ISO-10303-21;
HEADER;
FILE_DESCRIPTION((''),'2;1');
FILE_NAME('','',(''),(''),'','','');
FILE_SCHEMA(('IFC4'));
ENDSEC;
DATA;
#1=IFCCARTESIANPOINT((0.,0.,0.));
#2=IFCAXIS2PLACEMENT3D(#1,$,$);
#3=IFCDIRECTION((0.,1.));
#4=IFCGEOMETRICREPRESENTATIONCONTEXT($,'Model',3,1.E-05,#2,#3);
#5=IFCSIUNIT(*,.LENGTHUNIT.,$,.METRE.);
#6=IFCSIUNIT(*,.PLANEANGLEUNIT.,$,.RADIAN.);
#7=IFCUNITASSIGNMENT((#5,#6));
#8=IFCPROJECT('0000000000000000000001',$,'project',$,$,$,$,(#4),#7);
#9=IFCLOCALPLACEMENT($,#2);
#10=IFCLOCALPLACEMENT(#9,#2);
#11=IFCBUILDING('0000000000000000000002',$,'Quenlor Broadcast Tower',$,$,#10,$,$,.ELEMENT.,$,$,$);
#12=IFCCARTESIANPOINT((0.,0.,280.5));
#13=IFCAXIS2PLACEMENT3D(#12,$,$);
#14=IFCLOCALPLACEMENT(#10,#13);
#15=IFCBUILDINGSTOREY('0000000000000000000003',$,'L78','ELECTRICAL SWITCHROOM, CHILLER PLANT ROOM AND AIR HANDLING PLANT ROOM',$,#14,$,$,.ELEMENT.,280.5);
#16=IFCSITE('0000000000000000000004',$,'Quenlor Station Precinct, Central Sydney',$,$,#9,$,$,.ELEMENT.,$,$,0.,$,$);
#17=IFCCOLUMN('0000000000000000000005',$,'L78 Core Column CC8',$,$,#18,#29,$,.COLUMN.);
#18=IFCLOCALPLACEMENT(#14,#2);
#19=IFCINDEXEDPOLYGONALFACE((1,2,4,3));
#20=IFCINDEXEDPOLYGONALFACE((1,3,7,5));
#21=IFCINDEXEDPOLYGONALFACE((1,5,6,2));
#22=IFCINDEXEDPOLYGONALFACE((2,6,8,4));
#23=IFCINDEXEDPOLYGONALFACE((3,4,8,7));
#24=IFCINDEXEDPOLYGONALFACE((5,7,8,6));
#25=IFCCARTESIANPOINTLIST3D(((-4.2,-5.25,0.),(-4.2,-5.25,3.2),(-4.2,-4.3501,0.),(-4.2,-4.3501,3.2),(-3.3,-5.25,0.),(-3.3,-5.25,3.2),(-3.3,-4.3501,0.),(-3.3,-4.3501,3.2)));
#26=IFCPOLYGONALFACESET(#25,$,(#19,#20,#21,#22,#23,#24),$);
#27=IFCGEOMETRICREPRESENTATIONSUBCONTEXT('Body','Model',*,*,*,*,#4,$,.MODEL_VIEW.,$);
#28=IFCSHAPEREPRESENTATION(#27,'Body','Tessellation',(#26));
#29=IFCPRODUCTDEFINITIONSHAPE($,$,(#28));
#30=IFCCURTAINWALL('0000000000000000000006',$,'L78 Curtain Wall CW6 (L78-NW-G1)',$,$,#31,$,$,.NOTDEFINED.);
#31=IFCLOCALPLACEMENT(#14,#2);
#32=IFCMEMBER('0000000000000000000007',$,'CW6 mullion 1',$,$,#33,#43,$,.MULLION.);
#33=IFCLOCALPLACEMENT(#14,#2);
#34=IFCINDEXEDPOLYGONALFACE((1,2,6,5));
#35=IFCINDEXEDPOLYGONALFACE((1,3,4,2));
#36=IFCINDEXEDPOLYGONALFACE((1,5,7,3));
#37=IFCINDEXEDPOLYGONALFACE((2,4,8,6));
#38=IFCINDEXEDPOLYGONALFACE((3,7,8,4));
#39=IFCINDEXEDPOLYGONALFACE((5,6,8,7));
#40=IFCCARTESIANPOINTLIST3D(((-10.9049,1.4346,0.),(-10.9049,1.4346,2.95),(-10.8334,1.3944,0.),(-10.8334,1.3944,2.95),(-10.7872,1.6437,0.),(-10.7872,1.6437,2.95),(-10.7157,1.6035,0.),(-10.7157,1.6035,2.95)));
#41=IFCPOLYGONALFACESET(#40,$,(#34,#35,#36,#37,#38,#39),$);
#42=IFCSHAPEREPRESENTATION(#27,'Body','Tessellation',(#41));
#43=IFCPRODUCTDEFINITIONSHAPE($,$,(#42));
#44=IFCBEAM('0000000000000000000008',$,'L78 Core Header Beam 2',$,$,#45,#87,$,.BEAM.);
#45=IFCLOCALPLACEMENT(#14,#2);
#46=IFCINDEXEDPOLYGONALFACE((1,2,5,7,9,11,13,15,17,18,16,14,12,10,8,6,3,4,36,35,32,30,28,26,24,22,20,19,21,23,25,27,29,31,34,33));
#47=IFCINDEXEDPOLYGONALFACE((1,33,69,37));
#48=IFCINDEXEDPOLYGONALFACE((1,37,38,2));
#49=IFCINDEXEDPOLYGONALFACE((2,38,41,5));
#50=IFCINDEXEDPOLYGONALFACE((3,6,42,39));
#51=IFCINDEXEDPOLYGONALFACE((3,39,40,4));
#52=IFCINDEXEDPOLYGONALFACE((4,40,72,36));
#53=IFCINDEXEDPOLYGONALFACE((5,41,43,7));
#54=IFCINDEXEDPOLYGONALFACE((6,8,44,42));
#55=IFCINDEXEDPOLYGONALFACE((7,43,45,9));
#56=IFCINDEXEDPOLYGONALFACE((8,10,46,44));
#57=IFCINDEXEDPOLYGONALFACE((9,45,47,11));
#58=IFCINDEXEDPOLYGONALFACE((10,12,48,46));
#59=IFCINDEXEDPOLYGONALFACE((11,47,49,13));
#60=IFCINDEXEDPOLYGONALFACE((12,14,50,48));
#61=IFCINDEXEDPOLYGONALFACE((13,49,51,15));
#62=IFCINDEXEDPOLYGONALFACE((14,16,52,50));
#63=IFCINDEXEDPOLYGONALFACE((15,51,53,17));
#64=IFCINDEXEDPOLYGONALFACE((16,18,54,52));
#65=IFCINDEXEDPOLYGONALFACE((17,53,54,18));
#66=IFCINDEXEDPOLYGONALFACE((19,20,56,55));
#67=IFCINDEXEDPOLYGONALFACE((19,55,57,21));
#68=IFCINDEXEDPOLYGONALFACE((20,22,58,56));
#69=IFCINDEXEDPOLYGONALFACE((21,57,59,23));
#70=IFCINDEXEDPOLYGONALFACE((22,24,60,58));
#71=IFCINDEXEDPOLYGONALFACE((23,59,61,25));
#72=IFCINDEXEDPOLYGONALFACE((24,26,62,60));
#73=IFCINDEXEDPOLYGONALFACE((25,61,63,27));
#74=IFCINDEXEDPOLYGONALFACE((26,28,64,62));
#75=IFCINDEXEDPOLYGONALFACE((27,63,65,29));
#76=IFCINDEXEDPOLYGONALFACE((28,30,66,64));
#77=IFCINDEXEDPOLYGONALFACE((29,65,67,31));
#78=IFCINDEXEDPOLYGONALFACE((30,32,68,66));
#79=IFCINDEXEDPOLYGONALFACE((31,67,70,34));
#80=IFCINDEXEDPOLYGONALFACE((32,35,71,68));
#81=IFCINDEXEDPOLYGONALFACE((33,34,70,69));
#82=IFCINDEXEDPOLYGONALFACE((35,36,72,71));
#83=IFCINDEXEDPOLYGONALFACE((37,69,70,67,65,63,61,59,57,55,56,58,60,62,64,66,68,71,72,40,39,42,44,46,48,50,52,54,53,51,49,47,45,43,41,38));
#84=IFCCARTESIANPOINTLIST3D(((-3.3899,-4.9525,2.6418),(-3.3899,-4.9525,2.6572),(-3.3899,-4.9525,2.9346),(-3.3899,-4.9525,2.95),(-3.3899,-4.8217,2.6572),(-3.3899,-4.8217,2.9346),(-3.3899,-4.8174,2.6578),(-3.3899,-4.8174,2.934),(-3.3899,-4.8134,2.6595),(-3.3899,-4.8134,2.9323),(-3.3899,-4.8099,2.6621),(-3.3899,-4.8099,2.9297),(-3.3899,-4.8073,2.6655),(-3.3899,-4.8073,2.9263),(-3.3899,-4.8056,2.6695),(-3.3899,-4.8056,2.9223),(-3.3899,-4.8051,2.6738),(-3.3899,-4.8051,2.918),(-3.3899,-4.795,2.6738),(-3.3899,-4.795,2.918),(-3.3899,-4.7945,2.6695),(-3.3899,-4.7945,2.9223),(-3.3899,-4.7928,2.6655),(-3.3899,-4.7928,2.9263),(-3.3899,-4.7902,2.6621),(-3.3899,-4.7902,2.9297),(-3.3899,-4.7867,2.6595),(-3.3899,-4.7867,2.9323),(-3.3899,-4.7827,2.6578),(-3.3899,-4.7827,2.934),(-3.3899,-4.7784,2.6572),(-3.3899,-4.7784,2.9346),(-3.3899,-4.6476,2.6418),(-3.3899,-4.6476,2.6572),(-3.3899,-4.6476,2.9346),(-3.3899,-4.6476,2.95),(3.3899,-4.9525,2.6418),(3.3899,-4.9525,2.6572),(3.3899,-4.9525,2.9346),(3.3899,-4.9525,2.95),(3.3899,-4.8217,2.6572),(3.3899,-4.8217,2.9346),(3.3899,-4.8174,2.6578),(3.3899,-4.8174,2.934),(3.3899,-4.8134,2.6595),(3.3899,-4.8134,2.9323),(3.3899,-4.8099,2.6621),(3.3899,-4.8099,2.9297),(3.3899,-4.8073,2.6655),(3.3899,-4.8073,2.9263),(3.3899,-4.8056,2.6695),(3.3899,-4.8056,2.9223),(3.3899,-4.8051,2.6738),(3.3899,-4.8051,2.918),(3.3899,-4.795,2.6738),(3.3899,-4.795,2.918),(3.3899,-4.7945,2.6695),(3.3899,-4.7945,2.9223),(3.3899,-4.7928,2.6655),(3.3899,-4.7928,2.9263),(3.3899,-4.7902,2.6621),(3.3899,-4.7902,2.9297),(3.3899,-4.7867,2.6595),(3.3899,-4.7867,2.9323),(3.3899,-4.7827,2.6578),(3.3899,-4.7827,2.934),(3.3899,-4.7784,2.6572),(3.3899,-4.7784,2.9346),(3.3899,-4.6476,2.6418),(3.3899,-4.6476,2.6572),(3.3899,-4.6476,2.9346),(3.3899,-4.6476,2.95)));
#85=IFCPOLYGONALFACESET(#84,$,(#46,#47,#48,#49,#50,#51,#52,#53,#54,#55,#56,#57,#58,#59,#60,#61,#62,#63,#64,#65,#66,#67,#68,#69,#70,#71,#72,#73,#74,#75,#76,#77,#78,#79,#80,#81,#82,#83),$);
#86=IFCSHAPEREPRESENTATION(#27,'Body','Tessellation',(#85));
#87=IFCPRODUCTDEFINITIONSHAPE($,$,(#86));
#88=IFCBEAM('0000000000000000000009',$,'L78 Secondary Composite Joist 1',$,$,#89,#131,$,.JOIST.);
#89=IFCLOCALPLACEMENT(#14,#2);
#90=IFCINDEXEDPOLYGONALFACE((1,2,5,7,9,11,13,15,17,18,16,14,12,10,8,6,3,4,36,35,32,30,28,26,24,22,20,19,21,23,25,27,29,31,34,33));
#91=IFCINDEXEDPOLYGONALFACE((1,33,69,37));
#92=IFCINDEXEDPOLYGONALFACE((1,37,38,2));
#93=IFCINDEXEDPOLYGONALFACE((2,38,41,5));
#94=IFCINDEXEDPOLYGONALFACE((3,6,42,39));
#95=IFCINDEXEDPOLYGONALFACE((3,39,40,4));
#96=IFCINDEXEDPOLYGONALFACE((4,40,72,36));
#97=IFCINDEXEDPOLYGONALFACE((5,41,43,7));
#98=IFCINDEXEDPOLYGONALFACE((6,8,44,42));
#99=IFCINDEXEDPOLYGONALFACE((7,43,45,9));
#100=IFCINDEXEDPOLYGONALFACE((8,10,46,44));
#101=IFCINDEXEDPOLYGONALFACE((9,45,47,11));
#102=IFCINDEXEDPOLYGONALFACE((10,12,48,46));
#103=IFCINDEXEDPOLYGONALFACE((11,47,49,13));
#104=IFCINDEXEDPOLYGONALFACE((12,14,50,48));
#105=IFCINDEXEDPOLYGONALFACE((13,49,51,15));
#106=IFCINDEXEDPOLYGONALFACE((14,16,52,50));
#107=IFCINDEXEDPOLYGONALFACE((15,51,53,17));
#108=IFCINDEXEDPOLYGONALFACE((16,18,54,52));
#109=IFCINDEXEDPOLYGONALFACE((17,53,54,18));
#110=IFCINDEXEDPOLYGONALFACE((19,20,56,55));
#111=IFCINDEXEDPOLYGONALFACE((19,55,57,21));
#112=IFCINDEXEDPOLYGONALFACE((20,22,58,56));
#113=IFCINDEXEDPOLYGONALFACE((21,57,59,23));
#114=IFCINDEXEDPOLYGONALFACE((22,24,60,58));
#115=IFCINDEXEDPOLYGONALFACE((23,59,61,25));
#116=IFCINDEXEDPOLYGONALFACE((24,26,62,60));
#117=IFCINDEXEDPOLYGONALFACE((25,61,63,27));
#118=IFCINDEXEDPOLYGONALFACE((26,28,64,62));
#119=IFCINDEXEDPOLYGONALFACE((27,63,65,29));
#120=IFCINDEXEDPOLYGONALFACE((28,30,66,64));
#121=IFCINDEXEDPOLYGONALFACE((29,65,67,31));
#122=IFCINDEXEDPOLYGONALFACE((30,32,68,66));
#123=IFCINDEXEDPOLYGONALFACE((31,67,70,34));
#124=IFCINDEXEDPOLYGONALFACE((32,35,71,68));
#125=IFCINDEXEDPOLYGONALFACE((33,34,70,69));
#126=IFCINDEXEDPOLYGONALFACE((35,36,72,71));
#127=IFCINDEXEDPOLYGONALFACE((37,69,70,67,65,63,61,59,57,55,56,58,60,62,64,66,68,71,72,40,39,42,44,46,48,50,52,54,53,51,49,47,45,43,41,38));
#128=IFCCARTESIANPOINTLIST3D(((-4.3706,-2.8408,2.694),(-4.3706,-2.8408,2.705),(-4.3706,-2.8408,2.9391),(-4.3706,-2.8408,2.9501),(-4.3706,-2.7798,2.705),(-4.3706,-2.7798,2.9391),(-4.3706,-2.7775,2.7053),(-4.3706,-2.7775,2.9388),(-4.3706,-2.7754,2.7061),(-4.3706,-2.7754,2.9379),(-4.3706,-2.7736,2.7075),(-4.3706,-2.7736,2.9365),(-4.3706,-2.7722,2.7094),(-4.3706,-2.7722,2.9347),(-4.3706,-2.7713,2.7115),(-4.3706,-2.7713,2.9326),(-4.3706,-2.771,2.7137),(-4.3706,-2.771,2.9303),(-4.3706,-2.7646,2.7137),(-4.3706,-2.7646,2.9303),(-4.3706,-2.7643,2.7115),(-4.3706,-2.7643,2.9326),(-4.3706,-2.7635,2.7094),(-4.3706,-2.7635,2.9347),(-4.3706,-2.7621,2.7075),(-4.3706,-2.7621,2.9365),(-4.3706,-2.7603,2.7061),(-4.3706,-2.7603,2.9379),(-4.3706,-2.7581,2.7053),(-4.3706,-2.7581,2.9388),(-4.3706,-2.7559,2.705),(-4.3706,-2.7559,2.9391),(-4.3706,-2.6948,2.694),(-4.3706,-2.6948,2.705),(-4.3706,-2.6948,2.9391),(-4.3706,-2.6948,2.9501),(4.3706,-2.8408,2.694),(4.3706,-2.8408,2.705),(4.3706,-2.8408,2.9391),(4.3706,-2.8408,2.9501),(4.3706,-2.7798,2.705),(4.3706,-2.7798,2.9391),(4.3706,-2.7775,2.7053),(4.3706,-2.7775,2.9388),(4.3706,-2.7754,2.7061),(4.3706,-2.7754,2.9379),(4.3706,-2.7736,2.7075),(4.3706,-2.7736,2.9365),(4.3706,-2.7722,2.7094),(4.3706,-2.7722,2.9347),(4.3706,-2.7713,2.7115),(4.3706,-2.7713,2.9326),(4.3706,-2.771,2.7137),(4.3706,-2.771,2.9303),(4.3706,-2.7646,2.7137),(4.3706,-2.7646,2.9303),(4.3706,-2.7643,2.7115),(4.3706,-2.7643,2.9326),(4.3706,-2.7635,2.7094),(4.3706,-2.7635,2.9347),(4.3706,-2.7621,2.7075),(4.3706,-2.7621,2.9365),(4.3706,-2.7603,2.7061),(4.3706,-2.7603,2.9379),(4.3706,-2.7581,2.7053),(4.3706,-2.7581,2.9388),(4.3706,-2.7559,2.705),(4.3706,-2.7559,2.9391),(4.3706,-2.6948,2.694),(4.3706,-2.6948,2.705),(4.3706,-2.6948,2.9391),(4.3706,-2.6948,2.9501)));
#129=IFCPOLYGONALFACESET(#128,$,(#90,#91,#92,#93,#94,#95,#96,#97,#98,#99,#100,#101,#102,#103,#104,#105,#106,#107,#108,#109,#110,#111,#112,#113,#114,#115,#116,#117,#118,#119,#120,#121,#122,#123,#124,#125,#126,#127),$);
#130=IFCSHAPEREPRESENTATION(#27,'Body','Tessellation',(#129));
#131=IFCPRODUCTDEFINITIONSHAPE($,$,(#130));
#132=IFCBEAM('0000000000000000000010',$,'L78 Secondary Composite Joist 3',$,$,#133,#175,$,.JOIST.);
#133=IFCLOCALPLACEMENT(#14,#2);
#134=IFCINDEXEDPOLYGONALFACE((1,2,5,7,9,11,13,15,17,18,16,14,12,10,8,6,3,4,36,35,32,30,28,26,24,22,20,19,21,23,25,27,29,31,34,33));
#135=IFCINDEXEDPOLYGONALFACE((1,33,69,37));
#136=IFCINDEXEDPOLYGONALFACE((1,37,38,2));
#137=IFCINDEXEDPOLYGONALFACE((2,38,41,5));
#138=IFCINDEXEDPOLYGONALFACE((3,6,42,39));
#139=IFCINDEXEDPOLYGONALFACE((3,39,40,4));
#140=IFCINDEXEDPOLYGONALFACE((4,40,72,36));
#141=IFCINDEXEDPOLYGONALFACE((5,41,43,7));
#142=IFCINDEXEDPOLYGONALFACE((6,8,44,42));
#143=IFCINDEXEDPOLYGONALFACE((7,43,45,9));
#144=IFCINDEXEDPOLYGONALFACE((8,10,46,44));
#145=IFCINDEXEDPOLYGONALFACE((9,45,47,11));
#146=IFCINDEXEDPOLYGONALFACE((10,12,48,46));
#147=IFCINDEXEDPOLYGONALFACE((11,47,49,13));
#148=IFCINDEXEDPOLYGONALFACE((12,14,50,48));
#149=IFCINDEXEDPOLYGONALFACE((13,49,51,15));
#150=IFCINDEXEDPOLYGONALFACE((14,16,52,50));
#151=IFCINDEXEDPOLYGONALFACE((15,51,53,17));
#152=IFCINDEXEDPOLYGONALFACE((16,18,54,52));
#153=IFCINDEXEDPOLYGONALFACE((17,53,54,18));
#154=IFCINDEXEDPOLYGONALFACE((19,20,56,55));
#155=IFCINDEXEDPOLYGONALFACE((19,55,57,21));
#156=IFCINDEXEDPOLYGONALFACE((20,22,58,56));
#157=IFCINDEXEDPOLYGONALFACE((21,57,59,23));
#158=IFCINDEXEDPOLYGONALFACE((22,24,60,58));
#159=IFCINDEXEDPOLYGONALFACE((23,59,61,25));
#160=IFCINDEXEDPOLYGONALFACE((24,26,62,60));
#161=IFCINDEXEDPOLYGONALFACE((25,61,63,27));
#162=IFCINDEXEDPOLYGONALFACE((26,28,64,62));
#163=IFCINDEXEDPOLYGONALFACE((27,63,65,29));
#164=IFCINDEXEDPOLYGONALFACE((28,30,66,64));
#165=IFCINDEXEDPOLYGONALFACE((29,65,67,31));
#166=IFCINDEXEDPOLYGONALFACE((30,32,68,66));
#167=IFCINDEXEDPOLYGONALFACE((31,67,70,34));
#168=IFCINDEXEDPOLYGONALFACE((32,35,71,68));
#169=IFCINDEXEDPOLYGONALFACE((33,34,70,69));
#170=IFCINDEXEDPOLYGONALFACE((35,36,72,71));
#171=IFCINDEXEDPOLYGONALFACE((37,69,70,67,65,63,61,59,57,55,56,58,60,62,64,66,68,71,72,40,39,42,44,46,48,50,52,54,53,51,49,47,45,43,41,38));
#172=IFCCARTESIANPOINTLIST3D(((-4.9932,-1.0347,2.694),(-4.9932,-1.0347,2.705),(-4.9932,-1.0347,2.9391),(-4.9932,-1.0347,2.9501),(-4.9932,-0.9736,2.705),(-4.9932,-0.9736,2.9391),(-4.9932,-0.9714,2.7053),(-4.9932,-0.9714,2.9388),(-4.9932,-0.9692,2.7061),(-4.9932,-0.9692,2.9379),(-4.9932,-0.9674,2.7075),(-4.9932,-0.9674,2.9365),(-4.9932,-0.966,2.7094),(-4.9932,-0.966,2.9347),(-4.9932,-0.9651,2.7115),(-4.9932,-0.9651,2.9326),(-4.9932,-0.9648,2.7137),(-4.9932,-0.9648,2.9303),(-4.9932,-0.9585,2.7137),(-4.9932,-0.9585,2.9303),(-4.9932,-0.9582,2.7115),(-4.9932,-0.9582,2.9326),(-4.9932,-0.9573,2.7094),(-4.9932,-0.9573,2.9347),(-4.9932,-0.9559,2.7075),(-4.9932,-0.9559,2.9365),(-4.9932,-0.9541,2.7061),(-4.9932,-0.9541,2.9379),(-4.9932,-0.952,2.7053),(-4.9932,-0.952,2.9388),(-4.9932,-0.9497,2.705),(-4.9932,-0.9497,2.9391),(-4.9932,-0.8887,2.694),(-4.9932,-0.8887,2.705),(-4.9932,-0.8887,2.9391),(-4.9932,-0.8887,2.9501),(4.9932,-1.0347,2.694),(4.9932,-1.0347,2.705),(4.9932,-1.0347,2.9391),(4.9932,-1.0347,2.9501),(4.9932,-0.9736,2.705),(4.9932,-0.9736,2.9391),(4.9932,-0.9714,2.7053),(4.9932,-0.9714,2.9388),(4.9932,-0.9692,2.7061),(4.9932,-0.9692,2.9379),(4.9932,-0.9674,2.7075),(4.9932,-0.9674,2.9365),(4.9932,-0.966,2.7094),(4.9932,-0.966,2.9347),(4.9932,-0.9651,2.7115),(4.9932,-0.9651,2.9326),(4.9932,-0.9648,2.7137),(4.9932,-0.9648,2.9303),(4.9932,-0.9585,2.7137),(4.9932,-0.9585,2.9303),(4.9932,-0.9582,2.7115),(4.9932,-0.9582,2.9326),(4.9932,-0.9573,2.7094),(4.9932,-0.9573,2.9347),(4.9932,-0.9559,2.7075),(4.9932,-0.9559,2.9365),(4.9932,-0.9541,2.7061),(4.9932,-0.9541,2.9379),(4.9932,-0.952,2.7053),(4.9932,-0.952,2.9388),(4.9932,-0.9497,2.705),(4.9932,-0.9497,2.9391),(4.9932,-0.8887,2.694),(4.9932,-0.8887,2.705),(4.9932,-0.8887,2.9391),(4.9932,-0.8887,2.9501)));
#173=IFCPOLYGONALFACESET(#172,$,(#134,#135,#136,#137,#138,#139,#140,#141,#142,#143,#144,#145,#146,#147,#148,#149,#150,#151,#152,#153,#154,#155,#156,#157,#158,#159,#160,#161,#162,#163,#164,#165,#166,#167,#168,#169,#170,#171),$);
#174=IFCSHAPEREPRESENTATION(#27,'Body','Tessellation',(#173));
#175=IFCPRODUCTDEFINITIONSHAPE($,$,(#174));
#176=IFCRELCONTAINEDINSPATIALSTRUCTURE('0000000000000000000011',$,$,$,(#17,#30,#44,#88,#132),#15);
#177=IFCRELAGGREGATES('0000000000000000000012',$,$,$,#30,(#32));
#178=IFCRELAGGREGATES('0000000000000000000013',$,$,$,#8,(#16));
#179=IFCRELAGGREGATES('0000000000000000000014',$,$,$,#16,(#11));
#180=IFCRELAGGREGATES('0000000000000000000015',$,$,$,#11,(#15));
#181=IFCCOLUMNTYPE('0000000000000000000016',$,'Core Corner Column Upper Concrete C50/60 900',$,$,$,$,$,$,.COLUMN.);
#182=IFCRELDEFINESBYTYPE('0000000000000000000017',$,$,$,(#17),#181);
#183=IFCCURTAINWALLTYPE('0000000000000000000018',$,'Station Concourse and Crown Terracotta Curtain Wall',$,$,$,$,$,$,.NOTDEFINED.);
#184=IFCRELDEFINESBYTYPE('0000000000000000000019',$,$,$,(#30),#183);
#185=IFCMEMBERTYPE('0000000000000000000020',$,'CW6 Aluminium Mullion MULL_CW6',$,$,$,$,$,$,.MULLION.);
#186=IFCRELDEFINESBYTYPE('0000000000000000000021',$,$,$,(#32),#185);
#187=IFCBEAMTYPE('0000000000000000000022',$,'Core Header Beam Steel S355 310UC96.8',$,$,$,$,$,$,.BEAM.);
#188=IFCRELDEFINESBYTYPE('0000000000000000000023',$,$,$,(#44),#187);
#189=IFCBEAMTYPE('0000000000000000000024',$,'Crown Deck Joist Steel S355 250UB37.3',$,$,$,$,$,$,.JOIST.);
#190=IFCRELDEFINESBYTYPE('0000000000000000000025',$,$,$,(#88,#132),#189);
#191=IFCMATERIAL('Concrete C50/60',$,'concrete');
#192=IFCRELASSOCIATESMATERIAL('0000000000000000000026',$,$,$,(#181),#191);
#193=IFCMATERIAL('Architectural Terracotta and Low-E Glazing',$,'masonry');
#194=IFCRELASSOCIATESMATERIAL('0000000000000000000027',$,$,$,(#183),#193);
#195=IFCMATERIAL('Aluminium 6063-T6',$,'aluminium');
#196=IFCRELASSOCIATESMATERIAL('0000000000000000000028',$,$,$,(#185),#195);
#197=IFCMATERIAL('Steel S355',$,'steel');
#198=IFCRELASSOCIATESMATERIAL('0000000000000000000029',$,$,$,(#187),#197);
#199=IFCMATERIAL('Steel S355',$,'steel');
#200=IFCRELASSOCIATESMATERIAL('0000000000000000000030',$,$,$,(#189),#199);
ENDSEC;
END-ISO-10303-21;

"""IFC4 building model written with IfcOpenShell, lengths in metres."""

from ifc_helpers import new_model, si_unit, direction, frame, origin, origin_2d, place, context, subcontext, project, spatial, rectangle, i_section, extrude, material, material_profile, profile_set, type_object, element, aggregate, save


model = new_model("IFC4")

# Units and contexts
model_context = context("Model", 3, precision=1e-05, world=origin(), true_north=direction((0.0, 1.0)))
body_context = subcontext(model_context, "Body", "Model", "MODEL_VIEW")
ifc_project = project(units=[si_unit("LENGTHUNIT", "METRE"), si_unit("PLANEANGLEUNIT", "RADIAN")], contexts=[model_context])

# Site, building, storey
site_placement = place(None, origin())
site = spatial("IfcSite", under=ifc_project, at=site_placement, Name="Quenlor Station Precinct, Central Sydney", CompositionType="ELEMENT", RefElevation=0.0)
building_placement = place(site_placement, origin())
building = spatial("IfcBuilding", under=site, at=building_placement, Name="Quenlor Broadcast Tower", CompositionType="ELEMENT")
storey_placement = place(building_placement, frame((0.0, 0.0, 280.5)))
storey = spatial("IfcBuildingStorey", under=building, at=storey_placement, Name="L78", Description="ELECTRICAL SWITCHROOM, CHILLER PLANT ROOM AND AIR HANDLING PLANT ROOM", CompositionType="ELEMENT", Elevation=280.5)

# Column
ifc_material_1 = material(Name="Concrete C50/60", Category="concrete")
ifc_material_profile_1 = material_profile(ifc_material_1, rectangle(XDim=0.8999, YDim=0.8999, at=origin_2d()))
ifc_profile_set_1 = profile_set([ifc_material_profile_1], Name="Concrete C50/60 RC900x900")
column_type = type_object("IfcColumnType", Name="Core Corner Column Upper Concrete C50/60 900", PredefinedType="COLUMN", material=ifc_profile_set_1)
column_placement = place(storey_placement, frame((-3.75, -4.8, 0.0), z_axis=(0.0, 0.0, 1.0), x_axis=(1.0, 0.0, 0.0)))
element("IfcColumn", 1, at=column_placement, inside=storey, type_object=column_type, Name="L78 Core Column CC8", PredefinedType="COLUMN", context=body_context, shape_type="SweptSolid", body=[
    extrude(rectangle(XDim=0.8999, YDim=0.8999, at=origin_2d()), origin(), (0.0, 0.0, 1.0), 3.2),
])

# Curtain wall, member
ifc_material_2 = material(Name="Architectural Terracotta and Low-E Glazing", Category="masonry")
curtain_wall_type = type_object("IfcCurtainWallType", Name="Station Concourse and Crown Terracotta Curtain Wall", PredefinedType="NOTDEFINED", material=ifc_material_2)
curtain_wall_placement = place(storey_placement, origin())
curtain_wall = element("IfcCurtainWall", 2, at=curtain_wall_placement, inside=storey, type_object=curtain_wall_type, Name="L78 Curtain Wall CW6 (L78-NW-G1)", PredefinedType="NOTDEFINED")
ifc_material_3 = material(Name="Aluminium 6063-T6", Category="aluminium")
ifc_material_profile_2 = material_profile(ifc_material_3, rectangle(XDim=0.082, YDim=0.24, at=origin_2d()))
ifc_profile_set_2 = profile_set([ifc_material_profile_2], Name="Aluminium 6063-T6 MULL82x240")
member_type = type_object("IfcMemberType", Name="CW6 Aluminium Mullion MULL_CW6", PredefinedType="MULLION", material=ifc_profile_set_2)
member_placement = place(storey_placement, frame((-10.8103, 1.519, 0.0), z_axis=(0.0, 0.0, 1.0), x_axis=(-0.871553, 0.490302, 0.0)))
member = element("IfcMember", 3, at=member_placement, type_object=member_type, Name="CW6 mullion 1", PredefinedType="MULLION", context=body_context, shape_type="SweptSolid", body=[
    extrude(rectangle(XDim=0.082, YDim=0.24, at=origin_2d()), origin(), (0.0, 0.0, 1.0), 2.95),
])
aggregate(curtain_wall, [member])

# Beams
ifc_material_4 = material(Name="Steel S355", Category="steel")
ifc_material_profile_3 = material_profile(ifc_material_4, i_section(OverallWidth=0.3049, OverallDepth=0.3081, WebThickness=0.01, FlangeThickness=0.0154, FilletRadius=0.0166, at=origin_2d()))
ifc_profile_set_3 = profile_set([ifc_material_profile_3], Name="Steel S355 310UC96.8")
beam_type_1 = type_object("IfcBeamType", Name="Core Header Beam Steel S355 310UC96.8", PredefinedType="BEAM", material=ifc_profile_set_3)
beam_1_placement = place(storey_placement, frame((-3.3899, -4.8, 2.7959), z_axis=(1.0, 0.0, 0.0), x_axis=(0.0, 1.0, 0.0)))
element("IfcBeam", 4, at=beam_1_placement, inside=storey, type_object=beam_type_1, Name="L78 Core Header Beam 2", PredefinedType="BEAM", context=body_context, shape_type="SweptSolid", body=[
    extrude(i_section(OverallWidth=0.3049, OverallDepth=0.3081, WebThickness=0.01, FlangeThickness=0.0154, FilletRadius=0.0166, at=origin_2d()), origin(), (0.0, 0.0, 1.0), 6.7798),
])
ifc_material_5 = material(Name="Steel S355", Category="steel")
ifc_material_profile_4 = material_profile(ifc_material_5, i_section(OverallWidth=0.146, OverallDepth=0.2561, WebThickness=0.0063, FlangeThickness=0.011, FilletRadius=0.0088, at=origin_2d()))
ifc_profile_set_4 = profile_set([ifc_material_profile_4], Name="Steel S355 250UB37.3")
beam_type_2 = type_object("IfcBeamType", Name="Crown Deck Joist Steel S355 250UB37.3", PredefinedType="JOIST", material=ifc_profile_set_4)
beam_2_placement = place(storey_placement, frame((-4.3706, -2.7678, 2.822), z_axis=(1.0, 0.0, 0.0), x_axis=(0.0, 1.0, 0.0)))
element("IfcBeam", 5, at=beam_2_placement, inside=storey, type_object=beam_type_2, Name="L78 Secondary Composite Joist 1", PredefinedType="JOIST", context=body_context, shape_type="SweptSolid", body=[
    extrude(i_section(OverallWidth=0.146, OverallDepth=0.2561, WebThickness=0.0063, FlangeThickness=0.011, FilletRadius=0.0088, at=origin_2d()), origin(), (0.0, 0.0, 1.0), 8.7412),
])
beam_3_placement = place(storey_placement, frame((-4.9932, -0.9617, 2.822), z_axis=(1.0, 0.0, 0.0), x_axis=(0.0, 1.0, 0.0)))
element("IfcBeam", 6, at=beam_3_placement, inside=storey, type_object=beam_type_2, Name="L78 Secondary Composite Joist 3", PredefinedType="JOIST", context=body_context, shape_type="SweptSolid", body=[
    extrude(i_section(OverallWidth=0.146, OverallDepth=0.2561, WebThickness=0.0063, FlangeThickness=0.011, FilletRadius=0.0088, at=origin_2d()), origin(), (0.0, 0.0, 1.0), 9.9863),
])

save(model, "model.ifc")
